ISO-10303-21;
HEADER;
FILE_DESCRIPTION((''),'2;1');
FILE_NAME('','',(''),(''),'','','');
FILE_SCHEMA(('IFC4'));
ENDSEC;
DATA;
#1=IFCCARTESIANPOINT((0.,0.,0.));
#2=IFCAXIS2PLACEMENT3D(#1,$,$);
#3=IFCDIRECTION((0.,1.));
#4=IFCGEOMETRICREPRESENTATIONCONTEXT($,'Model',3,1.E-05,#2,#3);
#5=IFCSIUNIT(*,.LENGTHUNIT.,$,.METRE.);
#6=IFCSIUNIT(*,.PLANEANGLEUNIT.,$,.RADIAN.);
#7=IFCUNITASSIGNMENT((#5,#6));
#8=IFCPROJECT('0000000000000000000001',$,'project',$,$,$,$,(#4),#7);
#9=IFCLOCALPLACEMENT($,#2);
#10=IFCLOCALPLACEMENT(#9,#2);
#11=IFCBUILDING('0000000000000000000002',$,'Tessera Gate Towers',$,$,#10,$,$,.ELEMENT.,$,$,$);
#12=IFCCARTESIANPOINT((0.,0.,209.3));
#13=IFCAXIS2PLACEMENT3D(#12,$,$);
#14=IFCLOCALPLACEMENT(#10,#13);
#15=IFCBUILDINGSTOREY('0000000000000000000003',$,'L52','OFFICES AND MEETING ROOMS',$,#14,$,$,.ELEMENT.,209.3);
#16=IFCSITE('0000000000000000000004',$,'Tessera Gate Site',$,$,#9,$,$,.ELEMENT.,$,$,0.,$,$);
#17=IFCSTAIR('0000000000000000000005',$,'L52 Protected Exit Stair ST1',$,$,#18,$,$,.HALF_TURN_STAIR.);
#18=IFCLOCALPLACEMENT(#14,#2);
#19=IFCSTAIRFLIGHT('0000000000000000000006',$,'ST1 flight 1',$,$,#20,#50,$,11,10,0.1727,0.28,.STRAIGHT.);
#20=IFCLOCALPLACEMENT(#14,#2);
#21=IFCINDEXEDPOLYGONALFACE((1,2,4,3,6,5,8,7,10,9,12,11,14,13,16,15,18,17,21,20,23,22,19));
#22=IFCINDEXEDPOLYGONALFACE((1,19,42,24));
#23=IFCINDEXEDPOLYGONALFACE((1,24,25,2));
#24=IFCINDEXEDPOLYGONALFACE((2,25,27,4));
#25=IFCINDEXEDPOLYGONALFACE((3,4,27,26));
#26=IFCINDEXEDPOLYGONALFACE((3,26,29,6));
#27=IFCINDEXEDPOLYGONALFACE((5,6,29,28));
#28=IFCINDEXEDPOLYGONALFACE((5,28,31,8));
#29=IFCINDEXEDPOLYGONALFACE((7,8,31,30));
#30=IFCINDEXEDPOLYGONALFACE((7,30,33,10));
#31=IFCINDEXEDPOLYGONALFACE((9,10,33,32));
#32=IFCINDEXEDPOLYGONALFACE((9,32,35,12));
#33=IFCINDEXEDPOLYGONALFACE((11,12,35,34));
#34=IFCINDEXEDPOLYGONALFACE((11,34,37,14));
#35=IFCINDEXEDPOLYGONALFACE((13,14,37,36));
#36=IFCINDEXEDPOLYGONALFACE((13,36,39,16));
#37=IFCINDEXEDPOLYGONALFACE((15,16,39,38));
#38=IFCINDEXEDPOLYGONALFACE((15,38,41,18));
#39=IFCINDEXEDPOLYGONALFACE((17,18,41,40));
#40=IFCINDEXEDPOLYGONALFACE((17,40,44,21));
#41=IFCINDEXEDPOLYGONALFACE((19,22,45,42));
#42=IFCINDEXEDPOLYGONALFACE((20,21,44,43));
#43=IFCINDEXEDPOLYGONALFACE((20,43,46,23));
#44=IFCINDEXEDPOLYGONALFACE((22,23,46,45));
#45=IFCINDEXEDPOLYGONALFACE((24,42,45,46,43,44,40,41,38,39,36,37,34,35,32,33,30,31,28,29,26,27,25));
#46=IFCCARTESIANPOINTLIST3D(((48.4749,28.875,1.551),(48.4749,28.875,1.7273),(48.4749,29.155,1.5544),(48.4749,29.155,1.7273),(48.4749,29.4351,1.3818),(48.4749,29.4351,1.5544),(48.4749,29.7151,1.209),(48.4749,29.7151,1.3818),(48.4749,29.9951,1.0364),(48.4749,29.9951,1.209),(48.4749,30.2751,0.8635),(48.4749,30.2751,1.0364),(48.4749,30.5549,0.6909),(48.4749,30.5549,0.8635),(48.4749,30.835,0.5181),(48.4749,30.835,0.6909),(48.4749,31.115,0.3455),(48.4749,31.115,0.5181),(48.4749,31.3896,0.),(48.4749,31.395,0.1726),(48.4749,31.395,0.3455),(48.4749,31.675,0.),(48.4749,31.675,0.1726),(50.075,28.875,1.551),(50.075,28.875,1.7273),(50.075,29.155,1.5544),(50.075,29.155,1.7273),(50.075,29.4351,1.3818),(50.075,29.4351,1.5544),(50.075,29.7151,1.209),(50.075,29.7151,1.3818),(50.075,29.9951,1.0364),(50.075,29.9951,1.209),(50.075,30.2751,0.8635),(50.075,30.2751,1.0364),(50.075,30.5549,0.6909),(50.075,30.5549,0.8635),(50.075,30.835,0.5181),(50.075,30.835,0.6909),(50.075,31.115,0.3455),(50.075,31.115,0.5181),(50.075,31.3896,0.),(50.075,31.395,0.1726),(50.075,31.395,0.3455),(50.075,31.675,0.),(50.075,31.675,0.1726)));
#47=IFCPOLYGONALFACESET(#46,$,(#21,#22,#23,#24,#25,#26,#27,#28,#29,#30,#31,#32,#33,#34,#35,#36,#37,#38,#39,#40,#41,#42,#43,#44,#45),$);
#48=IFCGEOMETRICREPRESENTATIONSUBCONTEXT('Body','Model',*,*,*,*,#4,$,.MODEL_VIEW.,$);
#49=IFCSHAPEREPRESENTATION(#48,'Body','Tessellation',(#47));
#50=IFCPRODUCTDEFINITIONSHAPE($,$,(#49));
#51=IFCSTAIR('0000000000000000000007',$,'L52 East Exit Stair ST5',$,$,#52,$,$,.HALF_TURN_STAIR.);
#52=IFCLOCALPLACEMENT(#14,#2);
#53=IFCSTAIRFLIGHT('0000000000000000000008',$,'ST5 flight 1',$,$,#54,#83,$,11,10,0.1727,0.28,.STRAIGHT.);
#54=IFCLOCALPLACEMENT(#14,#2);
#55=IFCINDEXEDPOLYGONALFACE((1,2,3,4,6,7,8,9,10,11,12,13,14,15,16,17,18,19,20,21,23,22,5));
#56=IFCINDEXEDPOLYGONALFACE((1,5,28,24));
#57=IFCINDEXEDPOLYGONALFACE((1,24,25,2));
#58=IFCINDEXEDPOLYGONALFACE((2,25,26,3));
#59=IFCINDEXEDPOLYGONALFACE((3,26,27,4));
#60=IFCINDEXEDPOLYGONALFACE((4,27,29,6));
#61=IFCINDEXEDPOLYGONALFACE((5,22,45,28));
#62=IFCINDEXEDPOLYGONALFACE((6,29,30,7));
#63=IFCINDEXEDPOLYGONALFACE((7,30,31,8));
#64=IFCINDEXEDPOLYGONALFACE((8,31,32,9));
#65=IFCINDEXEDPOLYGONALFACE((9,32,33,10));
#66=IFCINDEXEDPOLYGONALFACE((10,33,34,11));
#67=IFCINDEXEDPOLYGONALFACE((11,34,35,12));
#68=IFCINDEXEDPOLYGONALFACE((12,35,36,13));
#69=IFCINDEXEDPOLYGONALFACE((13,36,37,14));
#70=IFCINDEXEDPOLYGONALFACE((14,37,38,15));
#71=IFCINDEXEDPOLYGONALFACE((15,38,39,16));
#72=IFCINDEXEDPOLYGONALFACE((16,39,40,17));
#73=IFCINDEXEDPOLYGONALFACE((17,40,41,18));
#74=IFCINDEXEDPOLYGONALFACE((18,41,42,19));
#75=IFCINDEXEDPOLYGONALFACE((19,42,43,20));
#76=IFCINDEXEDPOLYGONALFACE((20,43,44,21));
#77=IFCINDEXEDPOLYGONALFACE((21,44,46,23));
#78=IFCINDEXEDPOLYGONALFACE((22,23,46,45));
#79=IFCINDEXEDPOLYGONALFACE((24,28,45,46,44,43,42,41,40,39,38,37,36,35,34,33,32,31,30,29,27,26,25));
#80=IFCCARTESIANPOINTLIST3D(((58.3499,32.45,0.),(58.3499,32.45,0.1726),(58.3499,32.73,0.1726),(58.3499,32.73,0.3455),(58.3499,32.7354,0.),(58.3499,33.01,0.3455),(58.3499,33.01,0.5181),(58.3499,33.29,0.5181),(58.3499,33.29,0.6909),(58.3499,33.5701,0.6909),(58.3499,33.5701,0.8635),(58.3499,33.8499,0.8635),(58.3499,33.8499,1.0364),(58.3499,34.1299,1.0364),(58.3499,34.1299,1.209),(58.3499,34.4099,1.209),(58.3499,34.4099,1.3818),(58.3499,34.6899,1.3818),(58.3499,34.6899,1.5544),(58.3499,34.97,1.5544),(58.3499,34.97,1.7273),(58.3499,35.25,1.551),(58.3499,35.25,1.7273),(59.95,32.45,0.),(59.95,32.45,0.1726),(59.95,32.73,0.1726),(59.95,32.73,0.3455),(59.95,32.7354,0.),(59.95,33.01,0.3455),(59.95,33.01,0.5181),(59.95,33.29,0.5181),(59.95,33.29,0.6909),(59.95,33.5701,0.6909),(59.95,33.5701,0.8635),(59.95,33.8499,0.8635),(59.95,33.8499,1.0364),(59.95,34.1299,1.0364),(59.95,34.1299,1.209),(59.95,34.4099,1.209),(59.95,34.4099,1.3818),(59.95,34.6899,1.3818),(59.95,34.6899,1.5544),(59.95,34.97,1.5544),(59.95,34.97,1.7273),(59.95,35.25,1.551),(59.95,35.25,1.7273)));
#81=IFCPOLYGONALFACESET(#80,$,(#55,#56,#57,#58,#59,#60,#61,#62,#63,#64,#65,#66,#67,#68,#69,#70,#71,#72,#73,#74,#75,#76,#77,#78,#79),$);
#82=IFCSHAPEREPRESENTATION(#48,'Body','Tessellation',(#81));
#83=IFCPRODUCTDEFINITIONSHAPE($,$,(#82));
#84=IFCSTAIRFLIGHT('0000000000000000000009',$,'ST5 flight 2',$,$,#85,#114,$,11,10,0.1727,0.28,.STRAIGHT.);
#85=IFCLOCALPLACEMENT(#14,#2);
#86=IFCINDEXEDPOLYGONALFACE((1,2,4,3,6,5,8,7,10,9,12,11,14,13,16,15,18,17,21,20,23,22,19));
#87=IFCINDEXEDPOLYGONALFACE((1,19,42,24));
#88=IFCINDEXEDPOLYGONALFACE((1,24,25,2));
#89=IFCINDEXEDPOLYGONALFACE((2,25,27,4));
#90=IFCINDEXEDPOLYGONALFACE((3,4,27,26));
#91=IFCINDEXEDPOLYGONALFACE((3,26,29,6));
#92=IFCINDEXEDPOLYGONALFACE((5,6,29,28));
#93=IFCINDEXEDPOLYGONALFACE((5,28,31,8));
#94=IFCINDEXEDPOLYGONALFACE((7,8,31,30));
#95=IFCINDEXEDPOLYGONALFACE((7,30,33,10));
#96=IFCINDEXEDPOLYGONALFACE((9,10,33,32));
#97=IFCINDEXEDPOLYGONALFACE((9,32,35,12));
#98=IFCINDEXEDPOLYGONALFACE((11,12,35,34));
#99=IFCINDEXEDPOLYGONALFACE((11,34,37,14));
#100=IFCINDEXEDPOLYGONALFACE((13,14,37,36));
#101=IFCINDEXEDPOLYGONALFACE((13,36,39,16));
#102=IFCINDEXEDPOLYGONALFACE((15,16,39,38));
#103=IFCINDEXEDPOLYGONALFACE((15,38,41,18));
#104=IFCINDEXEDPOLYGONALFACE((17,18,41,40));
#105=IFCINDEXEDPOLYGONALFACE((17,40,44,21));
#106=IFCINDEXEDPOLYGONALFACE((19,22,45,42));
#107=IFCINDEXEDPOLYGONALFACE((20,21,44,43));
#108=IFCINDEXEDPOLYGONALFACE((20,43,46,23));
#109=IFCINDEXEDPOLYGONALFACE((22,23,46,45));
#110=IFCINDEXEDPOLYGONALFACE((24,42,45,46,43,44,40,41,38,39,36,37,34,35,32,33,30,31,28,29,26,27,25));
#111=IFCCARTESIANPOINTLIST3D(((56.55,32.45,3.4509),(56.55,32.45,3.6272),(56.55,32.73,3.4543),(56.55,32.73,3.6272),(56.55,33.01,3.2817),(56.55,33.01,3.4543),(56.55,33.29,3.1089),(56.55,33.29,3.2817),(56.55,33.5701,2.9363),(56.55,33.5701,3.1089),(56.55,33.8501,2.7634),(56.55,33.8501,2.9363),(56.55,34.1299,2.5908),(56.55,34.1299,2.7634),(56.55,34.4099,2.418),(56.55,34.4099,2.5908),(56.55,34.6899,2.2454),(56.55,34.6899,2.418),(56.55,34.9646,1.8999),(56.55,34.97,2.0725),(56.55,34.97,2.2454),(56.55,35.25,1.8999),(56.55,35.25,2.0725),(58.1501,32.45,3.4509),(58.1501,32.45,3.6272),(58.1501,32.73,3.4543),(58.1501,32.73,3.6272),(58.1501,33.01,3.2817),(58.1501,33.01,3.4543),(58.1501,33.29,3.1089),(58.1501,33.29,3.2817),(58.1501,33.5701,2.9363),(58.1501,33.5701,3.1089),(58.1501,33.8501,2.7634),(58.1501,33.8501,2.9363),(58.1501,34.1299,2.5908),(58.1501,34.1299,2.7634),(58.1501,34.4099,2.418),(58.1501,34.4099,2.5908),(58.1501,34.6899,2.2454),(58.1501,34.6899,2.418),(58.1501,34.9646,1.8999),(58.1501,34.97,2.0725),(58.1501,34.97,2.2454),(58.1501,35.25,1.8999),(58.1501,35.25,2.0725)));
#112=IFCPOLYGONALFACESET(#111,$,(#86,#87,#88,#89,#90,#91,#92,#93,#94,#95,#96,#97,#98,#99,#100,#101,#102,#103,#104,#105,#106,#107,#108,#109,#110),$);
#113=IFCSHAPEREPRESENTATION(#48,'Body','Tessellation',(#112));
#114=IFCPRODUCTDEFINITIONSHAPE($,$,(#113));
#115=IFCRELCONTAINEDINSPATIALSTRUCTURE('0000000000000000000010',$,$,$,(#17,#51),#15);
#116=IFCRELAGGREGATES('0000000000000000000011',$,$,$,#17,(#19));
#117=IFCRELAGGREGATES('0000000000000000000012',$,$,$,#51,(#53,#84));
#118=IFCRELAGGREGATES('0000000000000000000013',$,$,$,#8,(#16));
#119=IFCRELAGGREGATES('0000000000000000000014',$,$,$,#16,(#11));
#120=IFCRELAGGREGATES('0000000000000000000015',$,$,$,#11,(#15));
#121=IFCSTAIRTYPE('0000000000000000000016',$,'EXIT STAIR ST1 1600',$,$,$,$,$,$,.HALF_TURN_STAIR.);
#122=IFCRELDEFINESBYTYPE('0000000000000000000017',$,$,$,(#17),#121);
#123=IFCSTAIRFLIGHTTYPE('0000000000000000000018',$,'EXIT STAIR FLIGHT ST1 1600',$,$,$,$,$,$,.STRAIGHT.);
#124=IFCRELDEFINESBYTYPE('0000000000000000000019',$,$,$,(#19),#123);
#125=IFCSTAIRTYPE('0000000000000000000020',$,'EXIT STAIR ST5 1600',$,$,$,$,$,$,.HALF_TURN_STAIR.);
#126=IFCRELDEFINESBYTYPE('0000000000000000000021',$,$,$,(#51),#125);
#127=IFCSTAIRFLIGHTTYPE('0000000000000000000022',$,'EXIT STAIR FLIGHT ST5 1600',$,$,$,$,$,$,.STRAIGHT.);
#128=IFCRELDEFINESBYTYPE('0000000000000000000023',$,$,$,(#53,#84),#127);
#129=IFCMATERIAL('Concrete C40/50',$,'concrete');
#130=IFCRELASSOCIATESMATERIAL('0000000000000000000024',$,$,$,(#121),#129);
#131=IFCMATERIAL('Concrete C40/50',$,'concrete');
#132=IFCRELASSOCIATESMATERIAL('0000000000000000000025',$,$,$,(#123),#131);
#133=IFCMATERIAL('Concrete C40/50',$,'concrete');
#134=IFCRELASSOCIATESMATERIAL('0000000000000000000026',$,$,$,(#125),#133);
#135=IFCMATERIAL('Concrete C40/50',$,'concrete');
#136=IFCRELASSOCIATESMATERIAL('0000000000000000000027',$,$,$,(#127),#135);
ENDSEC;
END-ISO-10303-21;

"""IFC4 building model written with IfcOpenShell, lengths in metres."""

from ifc_helpers import new_model, si_unit, direction, frame, origin, place, context, subcontext, project, spatial, polyline, outline, extrude, material, type_object, element, aggregate, save


model = new_model("IFC4")

# Units and contexts
model_context = context("Model", 3, precision=1e-05, world=origin(), true_north=direction((0.0, 1.0)))
body_context = subcontext(model_context, "Body", "Model", "MODEL_VIEW")
ifc_project = project(units=[si_unit("LENGTHUNIT", "METRE"), si_unit("PLANEANGLEUNIT", "RADIAN")], contexts=[model_context])

# Site, building, storey
site_placement = place(None, origin())
site = spatial("IfcSite", under=ifc_project, at=site_placement, Name="Tessera Gate Site", CompositionType="ELEMENT", RefElevation=0.0)
building_placement = place(site_placement, origin())
building = spatial("IfcBuilding", under=site, at=building_placement, Name="Tessera Gate Towers", CompositionType="ELEMENT")
storey_placement = place(building_placement, frame((0.0, 0.0, 209.3)))
storey = spatial("IfcBuildingStorey", under=building, at=storey_placement, Name="L52", Description="OFFICES AND MEETING ROOMS", CompositionType="ELEMENT", Elevation=209.3)

# Stair, stair flight
ifc_material_1 = material(Name="Concrete C40/50", Category="concrete")
stair_type_1 = type_object("IfcStairType", Name="EXIT STAIR ST1 1600", PredefinedType="HALF_TURN_STAIR", material=ifc_material_1)
stair_1_placement = place(storey_placement, origin())
stair_1 = element("IfcStair", 1, at=stair_1_placement, inside=storey, type_object=stair_type_1, Name="L52 Protected Exit Stair ST1", PredefinedType="HALF_TURN_STAIR")
ifc_material_2 = material(Name="Concrete C40/50", Category="concrete")
stair_flight_type_1 = type_object("IfcStairFlightType", Name="EXIT STAIR FLIGHT ST1 1600", PredefinedType="STRAIGHT", material=ifc_material_2)
stair_flight_1_placement = place(storey_placement, frame((49.2749, 31.675, 0.0), z_axis=(0.0, 0.0, 1.0), x_axis=(0.0, -1.0, 0.0)))
stair_flight_1 = element("IfcStairFlight", 2, at=stair_flight_1_placement, type_object=stair_flight_type_1, Name="ST1 flight 1", NumberOfRisers=11, NumberOfTreads=10, PredefinedType="STRAIGHT", RiserHeight=0.1727, TreadLength=0.28, context=body_context, shape_type="SweptSolid", body=[
    extrude(outline(polyline([(0.0, 0.0), (0.0, 0.1726), (0.28, 0.1726), (0.28, 0.3455), (0.5601, 0.3455), (0.5601, 0.5181), (0.8401, 0.5181), (0.8401, 0.6909), (1.1201, 0.6909), (1.1201, 0.8635), (1.3999, 0.8635), (1.3999, 1.0364), (1.6799, 1.0364), (1.6799, 1.209), (1.96, 1.209), (1.96, 1.3818), (2.24, 1.3818), (2.24, 1.5544), (2.52, 1.5544), (2.52, 1.7273), (2.8, 1.7273), (2.8, 1.8999), (2.8, 1.551), (0.2854, 0.0), (0.0, 0.0)])), frame((0.0, 0.8, 0.0), z_axis=(0.0, -1.0, 0.0), x_axis=(1.0, 0.0, 0.0)), (0.0, 0.0, 1.0), 1.6001),
])
aggregate(stair_1, [stair_flight_1])

# Stair, stair flights
ifc_material_3 = material(Name="Concrete C40/50", Category="concrete")
stair_type_2 = type_object("IfcStairType", Name="EXIT STAIR ST5 1600", PredefinedType="HALF_TURN_STAIR", material=ifc_material_3)
stair_2_placement = place(storey_placement, origin())
stair_2 = element("IfcStair", 3, at=stair_2_placement, inside=storey, type_object=stair_type_2, Name="L52 East Exit Stair ST5", PredefinedType="HALF_TURN_STAIR")
ifc_material_4 = material(Name="Concrete C40/50", Category="concrete")
stair_flight_type_2 = type_object("IfcStairFlightType", Name="EXIT STAIR FLIGHT ST5 1600", PredefinedType="STRAIGHT", material=ifc_material_4)
stair_flight_2_placement = place(storey_placement, frame((59.1499, 32.45, 0.0), z_axis=(0.0, 0.0, 1.0), x_axis=(0.0, 1.0, 0.0)))
stair_flight_2 = element("IfcStairFlight", 4, at=stair_flight_2_placement, type_object=stair_flight_type_2, Name="ST5 flight 1", NumberOfRisers=11, NumberOfTreads=10, PredefinedType="STRAIGHT", RiserHeight=0.1727, TreadLength=0.28, context=body_context, shape_type="SweptSolid", body=[
    extrude(outline(polyline([(0.0, 0.0), (0.0, 0.1726), (0.28, 0.1726), (0.28, 0.3455), (0.5601, 0.3455), (0.5601, 0.5181), (0.8401, 0.5181), (0.8401, 0.6909), (1.1201, 0.6909), (1.1201, 0.8635), (1.3999, 0.8635), (1.3999, 1.0364), (1.6799, 1.0364), (1.6799, 1.209), (1.96, 1.209), (1.96, 1.3818), (2.24, 1.3818), (2.24, 1.5544), (2.52, 1.5544), (2.52, 1.7273), (2.8, 1.7273), (2.8, 1.8999), (2.8, 1.551), (0.2854, 0.0), (0.0, 0.0)])), frame((0.0, 0.8, 0.0), z_axis=(0.0, -1.0, 0.0), x_axis=(1.0, 0.0, 0.0)), (0.0, 0.0, 1.0), 1.6001),
])
stair_flight_3_placement = place(storey_placement, frame((57.3501, 35.25, 1.8999), z_axis=(0.0, 0.0, 1.0), x_axis=(0.0, -1.0, 0.0)))
stair_flight_3 = element("IfcStairFlight", 5, at=stair_flight_3_placement, type_object=stair_flight_type_2, Name="ST5 flight 2", NumberOfRisers=11, NumberOfTreads=10, PredefinedType="STRAIGHT", RiserHeight=0.1727, TreadLength=0.28, context=body_context, shape_type="SweptSolid", body=[
    extrude(outline(polyline([(0.0, 0.0), (0.0, 0.1726), (0.28, 0.1726), (0.28, 0.3455), (0.5601, 0.3455), (0.5601, 0.5181), (0.8401, 0.5181), (0.8401, 0.6909), (1.1201, 0.6909), (1.1201, 0.8635), (1.3999, 0.8635), (1.3999, 1.0364), (1.6799, 1.0364), (1.6799, 1.209), (1.96, 1.209), (1.96, 1.3818), (2.24, 1.3818), (2.24, 1.5544), (2.52, 1.5544), (2.52, 1.7273), (2.8, 1.7273), (2.8, 1.8999), (2.8, 1.551), (0.2854, 0.0), (0.0, 0.0)])), frame((0.0, 0.8, 0.0), z_axis=(0.0, -1.0, 0.0), x_axis=(1.0, 0.0, 0.0)), (0.0, 0.0, 1.0), 1.6001),
])
aggregate(stair_2, [stair_flight_2, stair_flight_3])

save(model, "model.ifc")
